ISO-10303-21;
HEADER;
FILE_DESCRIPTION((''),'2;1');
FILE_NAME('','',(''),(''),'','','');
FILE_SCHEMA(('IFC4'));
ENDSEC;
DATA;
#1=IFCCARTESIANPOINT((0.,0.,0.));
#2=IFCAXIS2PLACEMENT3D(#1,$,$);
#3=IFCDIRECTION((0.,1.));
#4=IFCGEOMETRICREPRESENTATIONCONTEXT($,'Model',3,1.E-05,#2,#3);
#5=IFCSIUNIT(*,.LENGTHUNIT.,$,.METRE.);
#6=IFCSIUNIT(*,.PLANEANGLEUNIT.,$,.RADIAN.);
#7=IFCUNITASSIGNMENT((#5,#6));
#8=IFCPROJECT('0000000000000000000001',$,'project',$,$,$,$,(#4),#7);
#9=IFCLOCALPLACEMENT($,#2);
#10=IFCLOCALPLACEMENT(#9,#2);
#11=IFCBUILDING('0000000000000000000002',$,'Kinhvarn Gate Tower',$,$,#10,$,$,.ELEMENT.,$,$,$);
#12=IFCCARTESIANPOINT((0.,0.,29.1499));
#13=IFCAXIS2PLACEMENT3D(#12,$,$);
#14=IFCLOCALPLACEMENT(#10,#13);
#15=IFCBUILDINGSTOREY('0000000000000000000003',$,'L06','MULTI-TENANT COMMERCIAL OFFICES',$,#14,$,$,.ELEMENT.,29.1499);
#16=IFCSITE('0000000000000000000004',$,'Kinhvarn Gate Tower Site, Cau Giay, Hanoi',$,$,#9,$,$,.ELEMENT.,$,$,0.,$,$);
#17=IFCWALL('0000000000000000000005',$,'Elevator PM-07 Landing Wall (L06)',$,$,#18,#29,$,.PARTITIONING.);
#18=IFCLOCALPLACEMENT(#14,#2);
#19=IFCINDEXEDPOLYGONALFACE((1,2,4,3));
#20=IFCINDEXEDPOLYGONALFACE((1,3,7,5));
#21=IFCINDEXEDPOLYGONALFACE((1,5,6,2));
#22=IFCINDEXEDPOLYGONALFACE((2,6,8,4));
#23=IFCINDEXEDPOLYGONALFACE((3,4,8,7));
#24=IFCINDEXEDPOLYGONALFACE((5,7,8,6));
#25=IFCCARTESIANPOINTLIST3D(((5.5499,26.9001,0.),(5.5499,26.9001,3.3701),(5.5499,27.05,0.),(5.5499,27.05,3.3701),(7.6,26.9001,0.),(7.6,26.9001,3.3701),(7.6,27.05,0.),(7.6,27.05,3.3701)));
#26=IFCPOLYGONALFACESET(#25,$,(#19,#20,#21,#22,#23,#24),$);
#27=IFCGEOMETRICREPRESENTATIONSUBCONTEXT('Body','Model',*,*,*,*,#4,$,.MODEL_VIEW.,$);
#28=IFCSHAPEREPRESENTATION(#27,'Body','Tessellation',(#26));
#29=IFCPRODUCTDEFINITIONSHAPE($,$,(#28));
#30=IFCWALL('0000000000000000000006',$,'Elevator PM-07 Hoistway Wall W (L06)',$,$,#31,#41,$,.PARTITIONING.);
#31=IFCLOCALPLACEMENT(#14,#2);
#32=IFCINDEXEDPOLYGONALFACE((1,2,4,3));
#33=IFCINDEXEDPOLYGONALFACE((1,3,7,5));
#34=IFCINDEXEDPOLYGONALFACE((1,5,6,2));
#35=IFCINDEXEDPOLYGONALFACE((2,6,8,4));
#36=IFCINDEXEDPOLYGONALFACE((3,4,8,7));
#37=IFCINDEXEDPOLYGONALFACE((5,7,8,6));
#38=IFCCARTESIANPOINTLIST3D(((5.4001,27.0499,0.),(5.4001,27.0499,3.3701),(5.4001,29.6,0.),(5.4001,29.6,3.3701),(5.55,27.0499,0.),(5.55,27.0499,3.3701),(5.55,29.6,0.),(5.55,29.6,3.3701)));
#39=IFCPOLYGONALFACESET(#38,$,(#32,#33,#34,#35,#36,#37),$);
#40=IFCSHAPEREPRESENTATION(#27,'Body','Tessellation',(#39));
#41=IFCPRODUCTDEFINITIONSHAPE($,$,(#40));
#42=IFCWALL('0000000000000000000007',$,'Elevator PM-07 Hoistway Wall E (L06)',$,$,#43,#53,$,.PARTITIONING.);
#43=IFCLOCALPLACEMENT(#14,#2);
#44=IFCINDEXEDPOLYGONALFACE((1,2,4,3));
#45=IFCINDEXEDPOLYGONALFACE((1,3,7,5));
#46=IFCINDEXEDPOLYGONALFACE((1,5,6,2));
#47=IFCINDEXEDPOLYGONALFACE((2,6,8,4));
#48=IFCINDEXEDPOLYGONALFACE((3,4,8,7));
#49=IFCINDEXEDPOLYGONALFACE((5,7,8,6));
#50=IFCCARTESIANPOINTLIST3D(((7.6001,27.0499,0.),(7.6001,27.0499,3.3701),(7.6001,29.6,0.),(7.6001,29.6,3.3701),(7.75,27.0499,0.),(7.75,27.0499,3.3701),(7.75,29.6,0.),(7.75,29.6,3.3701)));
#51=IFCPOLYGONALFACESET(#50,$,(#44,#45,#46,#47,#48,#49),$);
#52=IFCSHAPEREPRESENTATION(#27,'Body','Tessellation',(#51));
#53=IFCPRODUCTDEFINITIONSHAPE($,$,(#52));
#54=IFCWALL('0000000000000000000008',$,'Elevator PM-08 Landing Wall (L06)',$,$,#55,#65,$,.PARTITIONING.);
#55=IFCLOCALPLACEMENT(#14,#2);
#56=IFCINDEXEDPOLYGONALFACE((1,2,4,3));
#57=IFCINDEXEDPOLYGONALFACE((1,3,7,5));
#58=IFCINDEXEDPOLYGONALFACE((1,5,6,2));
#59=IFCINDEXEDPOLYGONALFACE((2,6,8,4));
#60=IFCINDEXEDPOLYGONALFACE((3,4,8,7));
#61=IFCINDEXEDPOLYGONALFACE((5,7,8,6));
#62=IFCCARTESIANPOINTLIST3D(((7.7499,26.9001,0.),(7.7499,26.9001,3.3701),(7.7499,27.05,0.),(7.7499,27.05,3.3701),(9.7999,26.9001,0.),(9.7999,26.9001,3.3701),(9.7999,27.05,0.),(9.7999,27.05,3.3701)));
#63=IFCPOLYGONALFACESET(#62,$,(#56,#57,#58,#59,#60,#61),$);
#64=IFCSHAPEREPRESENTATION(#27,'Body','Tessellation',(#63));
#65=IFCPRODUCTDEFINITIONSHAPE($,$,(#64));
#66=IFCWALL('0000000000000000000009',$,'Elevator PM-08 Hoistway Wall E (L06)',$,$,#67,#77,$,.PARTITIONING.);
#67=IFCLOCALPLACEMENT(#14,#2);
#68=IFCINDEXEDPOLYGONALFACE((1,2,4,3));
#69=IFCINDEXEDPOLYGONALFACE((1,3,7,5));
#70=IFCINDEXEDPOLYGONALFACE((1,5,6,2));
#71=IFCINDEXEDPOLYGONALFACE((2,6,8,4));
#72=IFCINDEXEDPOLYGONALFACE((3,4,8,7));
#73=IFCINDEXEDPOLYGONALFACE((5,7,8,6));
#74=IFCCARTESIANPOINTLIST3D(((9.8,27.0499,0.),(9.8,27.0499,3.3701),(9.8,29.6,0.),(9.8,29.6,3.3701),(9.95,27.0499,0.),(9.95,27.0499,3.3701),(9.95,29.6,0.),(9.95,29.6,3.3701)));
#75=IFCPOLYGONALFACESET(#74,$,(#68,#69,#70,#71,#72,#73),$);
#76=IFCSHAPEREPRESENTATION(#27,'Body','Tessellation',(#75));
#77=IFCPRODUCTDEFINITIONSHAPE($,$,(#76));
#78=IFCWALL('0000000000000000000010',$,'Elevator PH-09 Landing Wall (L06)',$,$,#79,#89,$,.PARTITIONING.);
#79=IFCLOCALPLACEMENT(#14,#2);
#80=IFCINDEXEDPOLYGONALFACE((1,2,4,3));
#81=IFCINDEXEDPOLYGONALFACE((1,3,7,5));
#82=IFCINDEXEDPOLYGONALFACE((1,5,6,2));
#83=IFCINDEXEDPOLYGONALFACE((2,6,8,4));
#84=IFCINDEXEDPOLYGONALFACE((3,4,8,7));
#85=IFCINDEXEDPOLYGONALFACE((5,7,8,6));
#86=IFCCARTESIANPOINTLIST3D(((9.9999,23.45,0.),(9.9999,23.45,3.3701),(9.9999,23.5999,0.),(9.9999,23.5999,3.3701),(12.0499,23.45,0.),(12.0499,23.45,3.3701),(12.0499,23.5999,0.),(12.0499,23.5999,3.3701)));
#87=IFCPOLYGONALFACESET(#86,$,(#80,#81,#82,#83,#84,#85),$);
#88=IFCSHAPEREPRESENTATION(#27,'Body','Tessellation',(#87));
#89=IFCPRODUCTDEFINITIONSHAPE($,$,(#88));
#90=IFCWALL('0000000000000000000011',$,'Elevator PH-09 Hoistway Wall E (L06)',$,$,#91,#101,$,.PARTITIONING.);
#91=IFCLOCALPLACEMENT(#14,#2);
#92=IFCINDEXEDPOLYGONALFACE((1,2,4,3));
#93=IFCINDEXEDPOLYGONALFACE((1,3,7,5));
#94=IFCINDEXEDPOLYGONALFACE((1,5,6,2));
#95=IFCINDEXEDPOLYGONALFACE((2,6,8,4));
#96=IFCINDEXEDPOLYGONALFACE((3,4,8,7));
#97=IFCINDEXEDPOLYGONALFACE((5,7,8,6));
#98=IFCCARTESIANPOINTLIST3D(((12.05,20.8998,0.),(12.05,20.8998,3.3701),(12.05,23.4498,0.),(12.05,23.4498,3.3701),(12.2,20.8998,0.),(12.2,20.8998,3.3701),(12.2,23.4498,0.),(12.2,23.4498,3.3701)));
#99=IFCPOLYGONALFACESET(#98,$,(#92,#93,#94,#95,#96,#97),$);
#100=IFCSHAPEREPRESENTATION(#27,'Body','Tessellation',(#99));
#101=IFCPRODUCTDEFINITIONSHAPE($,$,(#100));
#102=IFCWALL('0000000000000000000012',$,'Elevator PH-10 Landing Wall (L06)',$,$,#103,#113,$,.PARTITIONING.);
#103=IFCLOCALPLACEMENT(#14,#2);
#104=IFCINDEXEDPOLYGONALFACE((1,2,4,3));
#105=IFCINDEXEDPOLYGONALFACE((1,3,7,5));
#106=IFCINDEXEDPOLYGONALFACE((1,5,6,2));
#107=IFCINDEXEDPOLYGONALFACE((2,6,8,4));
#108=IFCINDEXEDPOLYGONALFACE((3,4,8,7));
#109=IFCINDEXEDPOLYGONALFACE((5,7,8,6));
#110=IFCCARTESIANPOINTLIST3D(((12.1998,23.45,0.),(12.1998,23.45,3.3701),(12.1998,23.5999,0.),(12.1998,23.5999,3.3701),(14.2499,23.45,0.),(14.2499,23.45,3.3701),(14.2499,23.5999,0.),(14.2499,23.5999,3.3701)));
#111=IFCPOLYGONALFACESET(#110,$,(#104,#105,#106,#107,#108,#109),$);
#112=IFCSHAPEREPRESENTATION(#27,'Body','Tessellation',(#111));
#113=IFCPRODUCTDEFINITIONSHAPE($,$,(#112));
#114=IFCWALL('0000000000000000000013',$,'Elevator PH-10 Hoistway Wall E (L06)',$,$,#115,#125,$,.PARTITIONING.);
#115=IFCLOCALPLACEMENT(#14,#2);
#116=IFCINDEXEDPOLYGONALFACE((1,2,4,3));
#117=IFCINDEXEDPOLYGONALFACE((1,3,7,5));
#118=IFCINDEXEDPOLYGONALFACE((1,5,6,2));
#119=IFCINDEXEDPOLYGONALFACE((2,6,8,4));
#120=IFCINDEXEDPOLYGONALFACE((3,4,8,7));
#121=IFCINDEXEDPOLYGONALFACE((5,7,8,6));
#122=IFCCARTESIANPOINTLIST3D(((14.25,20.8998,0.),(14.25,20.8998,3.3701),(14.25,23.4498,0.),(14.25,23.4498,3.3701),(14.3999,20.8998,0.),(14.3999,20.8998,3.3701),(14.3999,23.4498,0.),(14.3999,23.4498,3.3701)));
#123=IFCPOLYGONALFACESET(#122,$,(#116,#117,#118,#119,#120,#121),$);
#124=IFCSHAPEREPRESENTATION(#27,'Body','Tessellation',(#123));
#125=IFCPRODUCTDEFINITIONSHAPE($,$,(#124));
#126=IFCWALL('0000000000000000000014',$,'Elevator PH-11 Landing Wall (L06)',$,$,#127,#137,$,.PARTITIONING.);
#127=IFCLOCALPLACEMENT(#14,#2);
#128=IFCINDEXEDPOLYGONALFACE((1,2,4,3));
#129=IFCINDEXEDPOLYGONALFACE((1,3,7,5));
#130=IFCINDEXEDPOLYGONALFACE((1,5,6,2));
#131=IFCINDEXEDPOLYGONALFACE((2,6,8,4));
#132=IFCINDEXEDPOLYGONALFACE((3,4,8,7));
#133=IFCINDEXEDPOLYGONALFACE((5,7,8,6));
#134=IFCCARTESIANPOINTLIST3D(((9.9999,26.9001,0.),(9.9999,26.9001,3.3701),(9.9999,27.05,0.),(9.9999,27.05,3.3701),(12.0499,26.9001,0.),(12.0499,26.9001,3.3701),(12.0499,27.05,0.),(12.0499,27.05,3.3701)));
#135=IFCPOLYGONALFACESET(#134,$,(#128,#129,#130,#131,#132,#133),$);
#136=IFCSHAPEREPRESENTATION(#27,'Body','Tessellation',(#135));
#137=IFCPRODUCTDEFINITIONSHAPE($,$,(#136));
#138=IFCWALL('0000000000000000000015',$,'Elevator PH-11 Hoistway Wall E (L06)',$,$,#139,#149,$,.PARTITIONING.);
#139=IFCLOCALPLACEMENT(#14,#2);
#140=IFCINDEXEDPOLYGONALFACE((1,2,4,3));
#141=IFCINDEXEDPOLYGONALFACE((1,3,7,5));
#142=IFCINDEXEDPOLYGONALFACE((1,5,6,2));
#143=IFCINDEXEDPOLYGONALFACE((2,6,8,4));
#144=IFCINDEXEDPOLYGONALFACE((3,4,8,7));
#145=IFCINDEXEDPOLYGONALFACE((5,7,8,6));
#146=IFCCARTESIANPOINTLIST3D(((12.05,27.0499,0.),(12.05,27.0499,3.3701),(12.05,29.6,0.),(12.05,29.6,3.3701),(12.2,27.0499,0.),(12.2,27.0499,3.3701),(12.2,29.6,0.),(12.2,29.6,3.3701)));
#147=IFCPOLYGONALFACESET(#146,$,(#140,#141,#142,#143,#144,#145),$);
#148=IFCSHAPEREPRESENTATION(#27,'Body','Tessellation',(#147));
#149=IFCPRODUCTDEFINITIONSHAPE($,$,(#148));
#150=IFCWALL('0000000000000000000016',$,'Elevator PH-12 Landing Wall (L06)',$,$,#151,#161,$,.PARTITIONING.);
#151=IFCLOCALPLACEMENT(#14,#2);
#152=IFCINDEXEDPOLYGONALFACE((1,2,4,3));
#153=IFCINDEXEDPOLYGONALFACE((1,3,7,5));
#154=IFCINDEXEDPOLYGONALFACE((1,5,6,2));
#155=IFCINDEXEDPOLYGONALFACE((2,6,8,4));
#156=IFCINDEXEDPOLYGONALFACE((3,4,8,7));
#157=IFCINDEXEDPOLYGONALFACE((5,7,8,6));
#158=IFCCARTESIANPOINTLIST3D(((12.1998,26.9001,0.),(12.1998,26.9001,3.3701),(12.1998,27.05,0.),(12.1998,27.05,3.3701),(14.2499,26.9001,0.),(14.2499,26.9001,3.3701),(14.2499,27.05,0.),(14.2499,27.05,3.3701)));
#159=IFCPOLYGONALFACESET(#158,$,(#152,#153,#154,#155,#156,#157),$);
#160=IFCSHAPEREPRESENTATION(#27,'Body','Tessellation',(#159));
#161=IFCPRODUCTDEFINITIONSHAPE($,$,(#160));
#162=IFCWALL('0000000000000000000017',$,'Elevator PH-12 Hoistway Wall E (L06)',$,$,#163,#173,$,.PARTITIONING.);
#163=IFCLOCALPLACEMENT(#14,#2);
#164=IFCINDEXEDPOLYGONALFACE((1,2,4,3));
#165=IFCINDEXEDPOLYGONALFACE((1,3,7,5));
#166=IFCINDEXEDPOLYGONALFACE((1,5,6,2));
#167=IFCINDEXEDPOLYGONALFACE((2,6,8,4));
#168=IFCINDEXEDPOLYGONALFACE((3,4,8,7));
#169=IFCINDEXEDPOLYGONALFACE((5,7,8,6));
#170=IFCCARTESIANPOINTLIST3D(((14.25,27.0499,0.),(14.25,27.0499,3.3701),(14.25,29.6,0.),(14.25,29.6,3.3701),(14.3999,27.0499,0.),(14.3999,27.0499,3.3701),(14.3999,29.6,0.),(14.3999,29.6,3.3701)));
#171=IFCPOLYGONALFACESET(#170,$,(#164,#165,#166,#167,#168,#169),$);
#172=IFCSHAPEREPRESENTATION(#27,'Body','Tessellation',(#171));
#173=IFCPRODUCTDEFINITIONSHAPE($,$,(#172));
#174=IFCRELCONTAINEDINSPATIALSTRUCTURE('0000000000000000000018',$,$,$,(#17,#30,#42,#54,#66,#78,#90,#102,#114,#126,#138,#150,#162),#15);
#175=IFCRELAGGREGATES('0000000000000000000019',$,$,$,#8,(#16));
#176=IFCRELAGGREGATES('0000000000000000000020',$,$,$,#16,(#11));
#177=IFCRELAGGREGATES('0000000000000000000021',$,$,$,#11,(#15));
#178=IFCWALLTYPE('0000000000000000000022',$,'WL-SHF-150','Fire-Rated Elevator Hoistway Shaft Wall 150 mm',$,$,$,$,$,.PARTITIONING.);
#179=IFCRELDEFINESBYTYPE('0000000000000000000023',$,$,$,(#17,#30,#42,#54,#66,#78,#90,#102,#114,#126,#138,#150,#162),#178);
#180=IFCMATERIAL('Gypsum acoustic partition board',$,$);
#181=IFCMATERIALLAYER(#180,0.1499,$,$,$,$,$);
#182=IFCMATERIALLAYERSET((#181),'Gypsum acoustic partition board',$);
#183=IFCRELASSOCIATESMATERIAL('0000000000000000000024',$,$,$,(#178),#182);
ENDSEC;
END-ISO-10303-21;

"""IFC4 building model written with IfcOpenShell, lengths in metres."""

from ifc_helpers import new_model, si_unit, direction, frame, frame_2d, origin, place, context, subcontext, project, spatial, rectangle, extrude, material, layer, layer_set, type_object, element, save


model = new_model("IFC4")

# Units and contexts
model_context = context("Model", 3, precision=1e-05, world=origin(), true_north=direction((0.0, 1.0)))
body_context = subcontext(model_context, "Body", "Model", "MODEL_VIEW")
ifc_project = project(units=[si_unit("LENGTHUNIT", "METRE"), si_unit("PLANEANGLEUNIT", "RADIAN")], contexts=[model_context])

# Site, building, storey
site_placement = place(None, origin())
site = spatial("IfcSite", under=ifc_project, at=site_placement, Name="Kinhvarn Gate Tower Site, Cau Giay, Hanoi", CompositionType="ELEMENT", RefElevation=0.0)
building_placement = place(site_placement, origin())
building = spatial("IfcBuilding", under=site, at=building_placement, Name="Kinhvarn Gate Tower", CompositionType="ELEMENT")
storey_placement = place(building_placement, frame((0.0, 0.0, 29.1499)))
storey = spatial("IfcBuildingStorey", under=building, at=storey_placement, Name="L06", Description="MULTI-TENANT COMMERCIAL OFFICES", CompositionType="ELEMENT", Elevation=29.1499)

# Shared definitions
ifc_material_1 = material(Name="Gypsum acoustic partition board")

# Walls
ifc_layer_1 = layer(ifc_material_1, 0.1499)
ifc_layer_set_1 = layer_set([ifc_layer_1], Name="Gypsum acoustic partition board")
wall_type_1 = type_object("IfcWallType", Name="WL-SHF-150", Description="Fire-Rated Elevator Hoistway Shaft Wall 150 mm", PredefinedType="PARTITIONING", material=ifc_layer_set_1)
wall_1_placement = place(storey_placement, frame((5.55, 26.9751, 0.0), z_axis=(0.0, 0.0, 1.0), x_axis=(1.0, 0.0, 0.0)))
element("IfcWall", 1, at=wall_1_placement, inside=storey, type_object=wall_type_1, Name="Elevator PM-07 Landing Wall (L06)", PredefinedType="PARTITIONING", context=body_context, shape_type="SweptSolid", body=[
    extrude(rectangle(XDim=2.05, YDim=0.1499, at=frame_2d((1.0249, 0.0))), origin(), (0.0, 0.0, 1.0), 3.3701),
])
for number, where, z_axis, x_axis, name in (
    (2, (5.4751, 27.05, 0.0), (0.0, 0.0, 1.0), (0.0, 1.0, 0.0), "Elevator PM-07 Hoistway Wall W (L06)"),
    (3, (7.675, 27.05, 0.0), (0.0, 0.0, 1.0), (0.0, 1.0, 0.0), "Elevator PM-07 Hoistway Wall E (L06)"),
):
    element("IfcWall", number, at=place(storey_placement, frame(where, z_axis=z_axis, x_axis=x_axis)), inside=storey, type_object=wall_type_1, Name=name, PredefinedType="PARTITIONING", context=body_context, shape_type="SweptSolid", body=[
        extrude(rectangle(XDim=2.55, YDim=0.1499, at=frame_2d((1.2749, 0.0))), origin(), (0.0, 0.0, 1.0), 3.3701),
    ])
wall_2_placement = place(storey_placement, frame((7.75, 26.9751, 0.0), z_axis=(0.0, 0.0, 1.0), x_axis=(1.0, 0.0, 0.0)))
element("IfcWall", 4, at=wall_2_placement, inside=storey, type_object=wall_type_1, Name="Elevator PM-08 Landing Wall (L06)", PredefinedType="PARTITIONING", context=body_context, shape_type="SweptSolid", body=[
    extrude(rectangle(XDim=2.05, YDim=0.1499, at=frame_2d((1.0249, 0.0))), origin(), (0.0, 0.0, 1.0), 3.3701),
])
wall_3_placement = place(storey_placement, frame((9.875, 27.05, 0.0), z_axis=(0.0, 0.0, 1.0), x_axis=(0.0, 1.0, 0.0)))
element("IfcWall", 5, at=wall_3_placement, inside=storey, type_object=wall_type_1, Name="Elevator PM-08 Hoistway Wall E (L06)", PredefinedType="PARTITIONING", context=body_context, shape_type="SweptSolid", body=[
    extrude(rectangle(XDim=2.55, YDim=0.1499, at=frame_2d((1.2749, 0.0))), origin(), (0.0, 0.0, 1.0), 3.3701),
])
wall_4_placement = place(storey_placement, frame((10.0, 23.5249, 0.0), z_axis=(0.0, 0.0, 1.0), x_axis=(1.0, 0.0, 0.0)))
element("IfcWall", 6, at=wall_4_placement, inside=storey, type_object=wall_type_1, Name="Elevator PH-09 Landing Wall (L06)", PredefinedType="PARTITIONING", context=body_context, shape_type="SweptSolid", body=[
    extrude(rectangle(XDim=2.05, YDim=0.1499, at=frame_2d((1.0249, 0.0))), origin(), (0.0, 0.0, 1.0), 3.3701),
])
wall_5_placement = place(storey_placement, frame((12.125, 20.8999, 0.0), z_axis=(0.0, 0.0, 1.0), x_axis=(0.0, 1.0, 0.0)))
element("IfcWall", 7, at=wall_5_placement, inside=storey, type_object=wall_type_1, Name="Elevator PH-09 Hoistway Wall E (L06)", PredefinedType="PARTITIONING", context=body_context, shape_type="SweptSolid", body=[
    extrude(rectangle(XDim=2.55, YDim=0.1499, at=frame_2d((1.2749, 0.0))), origin(), (0.0, 0.0, 1.0), 3.3701),
])
wall_6_placement = place(storey_placement, frame((12.2, 23.5249, 0.0), z_axis=(0.0, 0.0, 1.0), x_axis=(1.0, 0.0, 0.0)))
element("IfcWall", 8, at=wall_6_placement, inside=storey, type_object=wall_type_1, Name="Elevator PH-10 Landing Wall (L06)", PredefinedType="PARTITIONING", context=body_context, shape_type="SweptSolid", body=[
    extrude(rectangle(XDim=2.05, YDim=0.1499, at=frame_2d((1.0249, 0.0))), origin(), (0.0, 0.0, 1.0), 3.3701),
])
wall_7_placement = place(storey_placement, frame((14.325, 20.8999, 0.0), z_axis=(0.0, 0.0, 1.0), x_axis=(0.0, 1.0, 0.0)))
element("IfcWall", 9, at=wall_7_placement, inside=storey, type_object=wall_type_1, Name="Elevator PH-10 Hoistway Wall E (L06)", PredefinedType="PARTITIONING", context=body_context, shape_type="SweptSolid", body=[
    extrude(rectangle(XDim=2.55, YDim=0.1499, at=frame_2d((1.2749, 0.0))), origin(), (0.0, 0.0, 1.0), 3.3701),
])
wall_8_placement = place(storey_placement, frame((10.0, 26.9751, 0.0), z_axis=(0.0, 0.0, 1.0), x_axis=(1.0, 0.0, 0.0)))
element("IfcWall", 10, at=wall_8_placement, inside=storey, type_object=wall_type_1, Name="Elevator PH-11 Landing Wall (L06)", PredefinedType="PARTITIONING", context=body_context, shape_type="SweptSolid", body=[
    extrude(rectangle(XDim=2.05, YDim=0.1499, at=frame_2d((1.0249, 0.0))), origin(), (0.0, 0.0, 1.0), 3.3701),
])
wall_9_placement = place(storey_placement, frame((12.125, 27.05, 0.0), z_axis=(0.0, 0.0, 1.0), x_axis=(0.0, 1.0, 0.0)))
element("IfcWall", 11, at=wall_9_placement, inside=storey, type_object=wall_type_1, Name="Elevator PH-11 Hoistway Wall E (L06)", PredefinedType="PARTITIONING", context=body_context, shape_type="SweptSolid", body=[
    extrude(rectangle(XDim=2.55, YDim=0.1499, at=frame_2d((1.2749, 0.0))), origin(), (0.0, 0.0, 1.0), 3.3701),
])
wall_10_placement = place(storey_placement, frame((12.2, 26.9751, 0.0), z_axis=(0.0, 0.0, 1.0), x_axis=(1.0, 0.0, 0.0)))
element("IfcWall", 12, at=wall_10_placement, inside=storey, type_object=wall_type_1, Name="Elevator PH-12 Landing Wall (L06)", PredefinedType="PARTITIONING", context=body_context, shape_type="SweptSolid", body=[
    extrude(rectangle(XDim=2.05, YDim=0.1499, at=frame_2d((1.0249, 0.0))), origin(), (0.0, 0.0, 1.0), 3.3701),
])
wall_11_placement = place(storey_placement, frame((14.325, 27.05, 0.0), z_axis=(0.0, 0.0, 1.0), x_axis=(0.0, 1.0, 0.0)))
element("IfcWall", 13, at=wall_11_placement, inside=storey, type_object=wall_type_1, Name="Elevator PH-12 Hoistway Wall E (L06)", PredefinedType="PARTITIONING", context=body_context, shape_type="SweptSolid", body=[
    extrude(rectangle(XDim=2.55, YDim=0.1499, at=frame_2d((1.2749, 0.0))), origin(), (0.0, 0.0, 1.0), 3.3701),
])

save(model, "model.ifc")
